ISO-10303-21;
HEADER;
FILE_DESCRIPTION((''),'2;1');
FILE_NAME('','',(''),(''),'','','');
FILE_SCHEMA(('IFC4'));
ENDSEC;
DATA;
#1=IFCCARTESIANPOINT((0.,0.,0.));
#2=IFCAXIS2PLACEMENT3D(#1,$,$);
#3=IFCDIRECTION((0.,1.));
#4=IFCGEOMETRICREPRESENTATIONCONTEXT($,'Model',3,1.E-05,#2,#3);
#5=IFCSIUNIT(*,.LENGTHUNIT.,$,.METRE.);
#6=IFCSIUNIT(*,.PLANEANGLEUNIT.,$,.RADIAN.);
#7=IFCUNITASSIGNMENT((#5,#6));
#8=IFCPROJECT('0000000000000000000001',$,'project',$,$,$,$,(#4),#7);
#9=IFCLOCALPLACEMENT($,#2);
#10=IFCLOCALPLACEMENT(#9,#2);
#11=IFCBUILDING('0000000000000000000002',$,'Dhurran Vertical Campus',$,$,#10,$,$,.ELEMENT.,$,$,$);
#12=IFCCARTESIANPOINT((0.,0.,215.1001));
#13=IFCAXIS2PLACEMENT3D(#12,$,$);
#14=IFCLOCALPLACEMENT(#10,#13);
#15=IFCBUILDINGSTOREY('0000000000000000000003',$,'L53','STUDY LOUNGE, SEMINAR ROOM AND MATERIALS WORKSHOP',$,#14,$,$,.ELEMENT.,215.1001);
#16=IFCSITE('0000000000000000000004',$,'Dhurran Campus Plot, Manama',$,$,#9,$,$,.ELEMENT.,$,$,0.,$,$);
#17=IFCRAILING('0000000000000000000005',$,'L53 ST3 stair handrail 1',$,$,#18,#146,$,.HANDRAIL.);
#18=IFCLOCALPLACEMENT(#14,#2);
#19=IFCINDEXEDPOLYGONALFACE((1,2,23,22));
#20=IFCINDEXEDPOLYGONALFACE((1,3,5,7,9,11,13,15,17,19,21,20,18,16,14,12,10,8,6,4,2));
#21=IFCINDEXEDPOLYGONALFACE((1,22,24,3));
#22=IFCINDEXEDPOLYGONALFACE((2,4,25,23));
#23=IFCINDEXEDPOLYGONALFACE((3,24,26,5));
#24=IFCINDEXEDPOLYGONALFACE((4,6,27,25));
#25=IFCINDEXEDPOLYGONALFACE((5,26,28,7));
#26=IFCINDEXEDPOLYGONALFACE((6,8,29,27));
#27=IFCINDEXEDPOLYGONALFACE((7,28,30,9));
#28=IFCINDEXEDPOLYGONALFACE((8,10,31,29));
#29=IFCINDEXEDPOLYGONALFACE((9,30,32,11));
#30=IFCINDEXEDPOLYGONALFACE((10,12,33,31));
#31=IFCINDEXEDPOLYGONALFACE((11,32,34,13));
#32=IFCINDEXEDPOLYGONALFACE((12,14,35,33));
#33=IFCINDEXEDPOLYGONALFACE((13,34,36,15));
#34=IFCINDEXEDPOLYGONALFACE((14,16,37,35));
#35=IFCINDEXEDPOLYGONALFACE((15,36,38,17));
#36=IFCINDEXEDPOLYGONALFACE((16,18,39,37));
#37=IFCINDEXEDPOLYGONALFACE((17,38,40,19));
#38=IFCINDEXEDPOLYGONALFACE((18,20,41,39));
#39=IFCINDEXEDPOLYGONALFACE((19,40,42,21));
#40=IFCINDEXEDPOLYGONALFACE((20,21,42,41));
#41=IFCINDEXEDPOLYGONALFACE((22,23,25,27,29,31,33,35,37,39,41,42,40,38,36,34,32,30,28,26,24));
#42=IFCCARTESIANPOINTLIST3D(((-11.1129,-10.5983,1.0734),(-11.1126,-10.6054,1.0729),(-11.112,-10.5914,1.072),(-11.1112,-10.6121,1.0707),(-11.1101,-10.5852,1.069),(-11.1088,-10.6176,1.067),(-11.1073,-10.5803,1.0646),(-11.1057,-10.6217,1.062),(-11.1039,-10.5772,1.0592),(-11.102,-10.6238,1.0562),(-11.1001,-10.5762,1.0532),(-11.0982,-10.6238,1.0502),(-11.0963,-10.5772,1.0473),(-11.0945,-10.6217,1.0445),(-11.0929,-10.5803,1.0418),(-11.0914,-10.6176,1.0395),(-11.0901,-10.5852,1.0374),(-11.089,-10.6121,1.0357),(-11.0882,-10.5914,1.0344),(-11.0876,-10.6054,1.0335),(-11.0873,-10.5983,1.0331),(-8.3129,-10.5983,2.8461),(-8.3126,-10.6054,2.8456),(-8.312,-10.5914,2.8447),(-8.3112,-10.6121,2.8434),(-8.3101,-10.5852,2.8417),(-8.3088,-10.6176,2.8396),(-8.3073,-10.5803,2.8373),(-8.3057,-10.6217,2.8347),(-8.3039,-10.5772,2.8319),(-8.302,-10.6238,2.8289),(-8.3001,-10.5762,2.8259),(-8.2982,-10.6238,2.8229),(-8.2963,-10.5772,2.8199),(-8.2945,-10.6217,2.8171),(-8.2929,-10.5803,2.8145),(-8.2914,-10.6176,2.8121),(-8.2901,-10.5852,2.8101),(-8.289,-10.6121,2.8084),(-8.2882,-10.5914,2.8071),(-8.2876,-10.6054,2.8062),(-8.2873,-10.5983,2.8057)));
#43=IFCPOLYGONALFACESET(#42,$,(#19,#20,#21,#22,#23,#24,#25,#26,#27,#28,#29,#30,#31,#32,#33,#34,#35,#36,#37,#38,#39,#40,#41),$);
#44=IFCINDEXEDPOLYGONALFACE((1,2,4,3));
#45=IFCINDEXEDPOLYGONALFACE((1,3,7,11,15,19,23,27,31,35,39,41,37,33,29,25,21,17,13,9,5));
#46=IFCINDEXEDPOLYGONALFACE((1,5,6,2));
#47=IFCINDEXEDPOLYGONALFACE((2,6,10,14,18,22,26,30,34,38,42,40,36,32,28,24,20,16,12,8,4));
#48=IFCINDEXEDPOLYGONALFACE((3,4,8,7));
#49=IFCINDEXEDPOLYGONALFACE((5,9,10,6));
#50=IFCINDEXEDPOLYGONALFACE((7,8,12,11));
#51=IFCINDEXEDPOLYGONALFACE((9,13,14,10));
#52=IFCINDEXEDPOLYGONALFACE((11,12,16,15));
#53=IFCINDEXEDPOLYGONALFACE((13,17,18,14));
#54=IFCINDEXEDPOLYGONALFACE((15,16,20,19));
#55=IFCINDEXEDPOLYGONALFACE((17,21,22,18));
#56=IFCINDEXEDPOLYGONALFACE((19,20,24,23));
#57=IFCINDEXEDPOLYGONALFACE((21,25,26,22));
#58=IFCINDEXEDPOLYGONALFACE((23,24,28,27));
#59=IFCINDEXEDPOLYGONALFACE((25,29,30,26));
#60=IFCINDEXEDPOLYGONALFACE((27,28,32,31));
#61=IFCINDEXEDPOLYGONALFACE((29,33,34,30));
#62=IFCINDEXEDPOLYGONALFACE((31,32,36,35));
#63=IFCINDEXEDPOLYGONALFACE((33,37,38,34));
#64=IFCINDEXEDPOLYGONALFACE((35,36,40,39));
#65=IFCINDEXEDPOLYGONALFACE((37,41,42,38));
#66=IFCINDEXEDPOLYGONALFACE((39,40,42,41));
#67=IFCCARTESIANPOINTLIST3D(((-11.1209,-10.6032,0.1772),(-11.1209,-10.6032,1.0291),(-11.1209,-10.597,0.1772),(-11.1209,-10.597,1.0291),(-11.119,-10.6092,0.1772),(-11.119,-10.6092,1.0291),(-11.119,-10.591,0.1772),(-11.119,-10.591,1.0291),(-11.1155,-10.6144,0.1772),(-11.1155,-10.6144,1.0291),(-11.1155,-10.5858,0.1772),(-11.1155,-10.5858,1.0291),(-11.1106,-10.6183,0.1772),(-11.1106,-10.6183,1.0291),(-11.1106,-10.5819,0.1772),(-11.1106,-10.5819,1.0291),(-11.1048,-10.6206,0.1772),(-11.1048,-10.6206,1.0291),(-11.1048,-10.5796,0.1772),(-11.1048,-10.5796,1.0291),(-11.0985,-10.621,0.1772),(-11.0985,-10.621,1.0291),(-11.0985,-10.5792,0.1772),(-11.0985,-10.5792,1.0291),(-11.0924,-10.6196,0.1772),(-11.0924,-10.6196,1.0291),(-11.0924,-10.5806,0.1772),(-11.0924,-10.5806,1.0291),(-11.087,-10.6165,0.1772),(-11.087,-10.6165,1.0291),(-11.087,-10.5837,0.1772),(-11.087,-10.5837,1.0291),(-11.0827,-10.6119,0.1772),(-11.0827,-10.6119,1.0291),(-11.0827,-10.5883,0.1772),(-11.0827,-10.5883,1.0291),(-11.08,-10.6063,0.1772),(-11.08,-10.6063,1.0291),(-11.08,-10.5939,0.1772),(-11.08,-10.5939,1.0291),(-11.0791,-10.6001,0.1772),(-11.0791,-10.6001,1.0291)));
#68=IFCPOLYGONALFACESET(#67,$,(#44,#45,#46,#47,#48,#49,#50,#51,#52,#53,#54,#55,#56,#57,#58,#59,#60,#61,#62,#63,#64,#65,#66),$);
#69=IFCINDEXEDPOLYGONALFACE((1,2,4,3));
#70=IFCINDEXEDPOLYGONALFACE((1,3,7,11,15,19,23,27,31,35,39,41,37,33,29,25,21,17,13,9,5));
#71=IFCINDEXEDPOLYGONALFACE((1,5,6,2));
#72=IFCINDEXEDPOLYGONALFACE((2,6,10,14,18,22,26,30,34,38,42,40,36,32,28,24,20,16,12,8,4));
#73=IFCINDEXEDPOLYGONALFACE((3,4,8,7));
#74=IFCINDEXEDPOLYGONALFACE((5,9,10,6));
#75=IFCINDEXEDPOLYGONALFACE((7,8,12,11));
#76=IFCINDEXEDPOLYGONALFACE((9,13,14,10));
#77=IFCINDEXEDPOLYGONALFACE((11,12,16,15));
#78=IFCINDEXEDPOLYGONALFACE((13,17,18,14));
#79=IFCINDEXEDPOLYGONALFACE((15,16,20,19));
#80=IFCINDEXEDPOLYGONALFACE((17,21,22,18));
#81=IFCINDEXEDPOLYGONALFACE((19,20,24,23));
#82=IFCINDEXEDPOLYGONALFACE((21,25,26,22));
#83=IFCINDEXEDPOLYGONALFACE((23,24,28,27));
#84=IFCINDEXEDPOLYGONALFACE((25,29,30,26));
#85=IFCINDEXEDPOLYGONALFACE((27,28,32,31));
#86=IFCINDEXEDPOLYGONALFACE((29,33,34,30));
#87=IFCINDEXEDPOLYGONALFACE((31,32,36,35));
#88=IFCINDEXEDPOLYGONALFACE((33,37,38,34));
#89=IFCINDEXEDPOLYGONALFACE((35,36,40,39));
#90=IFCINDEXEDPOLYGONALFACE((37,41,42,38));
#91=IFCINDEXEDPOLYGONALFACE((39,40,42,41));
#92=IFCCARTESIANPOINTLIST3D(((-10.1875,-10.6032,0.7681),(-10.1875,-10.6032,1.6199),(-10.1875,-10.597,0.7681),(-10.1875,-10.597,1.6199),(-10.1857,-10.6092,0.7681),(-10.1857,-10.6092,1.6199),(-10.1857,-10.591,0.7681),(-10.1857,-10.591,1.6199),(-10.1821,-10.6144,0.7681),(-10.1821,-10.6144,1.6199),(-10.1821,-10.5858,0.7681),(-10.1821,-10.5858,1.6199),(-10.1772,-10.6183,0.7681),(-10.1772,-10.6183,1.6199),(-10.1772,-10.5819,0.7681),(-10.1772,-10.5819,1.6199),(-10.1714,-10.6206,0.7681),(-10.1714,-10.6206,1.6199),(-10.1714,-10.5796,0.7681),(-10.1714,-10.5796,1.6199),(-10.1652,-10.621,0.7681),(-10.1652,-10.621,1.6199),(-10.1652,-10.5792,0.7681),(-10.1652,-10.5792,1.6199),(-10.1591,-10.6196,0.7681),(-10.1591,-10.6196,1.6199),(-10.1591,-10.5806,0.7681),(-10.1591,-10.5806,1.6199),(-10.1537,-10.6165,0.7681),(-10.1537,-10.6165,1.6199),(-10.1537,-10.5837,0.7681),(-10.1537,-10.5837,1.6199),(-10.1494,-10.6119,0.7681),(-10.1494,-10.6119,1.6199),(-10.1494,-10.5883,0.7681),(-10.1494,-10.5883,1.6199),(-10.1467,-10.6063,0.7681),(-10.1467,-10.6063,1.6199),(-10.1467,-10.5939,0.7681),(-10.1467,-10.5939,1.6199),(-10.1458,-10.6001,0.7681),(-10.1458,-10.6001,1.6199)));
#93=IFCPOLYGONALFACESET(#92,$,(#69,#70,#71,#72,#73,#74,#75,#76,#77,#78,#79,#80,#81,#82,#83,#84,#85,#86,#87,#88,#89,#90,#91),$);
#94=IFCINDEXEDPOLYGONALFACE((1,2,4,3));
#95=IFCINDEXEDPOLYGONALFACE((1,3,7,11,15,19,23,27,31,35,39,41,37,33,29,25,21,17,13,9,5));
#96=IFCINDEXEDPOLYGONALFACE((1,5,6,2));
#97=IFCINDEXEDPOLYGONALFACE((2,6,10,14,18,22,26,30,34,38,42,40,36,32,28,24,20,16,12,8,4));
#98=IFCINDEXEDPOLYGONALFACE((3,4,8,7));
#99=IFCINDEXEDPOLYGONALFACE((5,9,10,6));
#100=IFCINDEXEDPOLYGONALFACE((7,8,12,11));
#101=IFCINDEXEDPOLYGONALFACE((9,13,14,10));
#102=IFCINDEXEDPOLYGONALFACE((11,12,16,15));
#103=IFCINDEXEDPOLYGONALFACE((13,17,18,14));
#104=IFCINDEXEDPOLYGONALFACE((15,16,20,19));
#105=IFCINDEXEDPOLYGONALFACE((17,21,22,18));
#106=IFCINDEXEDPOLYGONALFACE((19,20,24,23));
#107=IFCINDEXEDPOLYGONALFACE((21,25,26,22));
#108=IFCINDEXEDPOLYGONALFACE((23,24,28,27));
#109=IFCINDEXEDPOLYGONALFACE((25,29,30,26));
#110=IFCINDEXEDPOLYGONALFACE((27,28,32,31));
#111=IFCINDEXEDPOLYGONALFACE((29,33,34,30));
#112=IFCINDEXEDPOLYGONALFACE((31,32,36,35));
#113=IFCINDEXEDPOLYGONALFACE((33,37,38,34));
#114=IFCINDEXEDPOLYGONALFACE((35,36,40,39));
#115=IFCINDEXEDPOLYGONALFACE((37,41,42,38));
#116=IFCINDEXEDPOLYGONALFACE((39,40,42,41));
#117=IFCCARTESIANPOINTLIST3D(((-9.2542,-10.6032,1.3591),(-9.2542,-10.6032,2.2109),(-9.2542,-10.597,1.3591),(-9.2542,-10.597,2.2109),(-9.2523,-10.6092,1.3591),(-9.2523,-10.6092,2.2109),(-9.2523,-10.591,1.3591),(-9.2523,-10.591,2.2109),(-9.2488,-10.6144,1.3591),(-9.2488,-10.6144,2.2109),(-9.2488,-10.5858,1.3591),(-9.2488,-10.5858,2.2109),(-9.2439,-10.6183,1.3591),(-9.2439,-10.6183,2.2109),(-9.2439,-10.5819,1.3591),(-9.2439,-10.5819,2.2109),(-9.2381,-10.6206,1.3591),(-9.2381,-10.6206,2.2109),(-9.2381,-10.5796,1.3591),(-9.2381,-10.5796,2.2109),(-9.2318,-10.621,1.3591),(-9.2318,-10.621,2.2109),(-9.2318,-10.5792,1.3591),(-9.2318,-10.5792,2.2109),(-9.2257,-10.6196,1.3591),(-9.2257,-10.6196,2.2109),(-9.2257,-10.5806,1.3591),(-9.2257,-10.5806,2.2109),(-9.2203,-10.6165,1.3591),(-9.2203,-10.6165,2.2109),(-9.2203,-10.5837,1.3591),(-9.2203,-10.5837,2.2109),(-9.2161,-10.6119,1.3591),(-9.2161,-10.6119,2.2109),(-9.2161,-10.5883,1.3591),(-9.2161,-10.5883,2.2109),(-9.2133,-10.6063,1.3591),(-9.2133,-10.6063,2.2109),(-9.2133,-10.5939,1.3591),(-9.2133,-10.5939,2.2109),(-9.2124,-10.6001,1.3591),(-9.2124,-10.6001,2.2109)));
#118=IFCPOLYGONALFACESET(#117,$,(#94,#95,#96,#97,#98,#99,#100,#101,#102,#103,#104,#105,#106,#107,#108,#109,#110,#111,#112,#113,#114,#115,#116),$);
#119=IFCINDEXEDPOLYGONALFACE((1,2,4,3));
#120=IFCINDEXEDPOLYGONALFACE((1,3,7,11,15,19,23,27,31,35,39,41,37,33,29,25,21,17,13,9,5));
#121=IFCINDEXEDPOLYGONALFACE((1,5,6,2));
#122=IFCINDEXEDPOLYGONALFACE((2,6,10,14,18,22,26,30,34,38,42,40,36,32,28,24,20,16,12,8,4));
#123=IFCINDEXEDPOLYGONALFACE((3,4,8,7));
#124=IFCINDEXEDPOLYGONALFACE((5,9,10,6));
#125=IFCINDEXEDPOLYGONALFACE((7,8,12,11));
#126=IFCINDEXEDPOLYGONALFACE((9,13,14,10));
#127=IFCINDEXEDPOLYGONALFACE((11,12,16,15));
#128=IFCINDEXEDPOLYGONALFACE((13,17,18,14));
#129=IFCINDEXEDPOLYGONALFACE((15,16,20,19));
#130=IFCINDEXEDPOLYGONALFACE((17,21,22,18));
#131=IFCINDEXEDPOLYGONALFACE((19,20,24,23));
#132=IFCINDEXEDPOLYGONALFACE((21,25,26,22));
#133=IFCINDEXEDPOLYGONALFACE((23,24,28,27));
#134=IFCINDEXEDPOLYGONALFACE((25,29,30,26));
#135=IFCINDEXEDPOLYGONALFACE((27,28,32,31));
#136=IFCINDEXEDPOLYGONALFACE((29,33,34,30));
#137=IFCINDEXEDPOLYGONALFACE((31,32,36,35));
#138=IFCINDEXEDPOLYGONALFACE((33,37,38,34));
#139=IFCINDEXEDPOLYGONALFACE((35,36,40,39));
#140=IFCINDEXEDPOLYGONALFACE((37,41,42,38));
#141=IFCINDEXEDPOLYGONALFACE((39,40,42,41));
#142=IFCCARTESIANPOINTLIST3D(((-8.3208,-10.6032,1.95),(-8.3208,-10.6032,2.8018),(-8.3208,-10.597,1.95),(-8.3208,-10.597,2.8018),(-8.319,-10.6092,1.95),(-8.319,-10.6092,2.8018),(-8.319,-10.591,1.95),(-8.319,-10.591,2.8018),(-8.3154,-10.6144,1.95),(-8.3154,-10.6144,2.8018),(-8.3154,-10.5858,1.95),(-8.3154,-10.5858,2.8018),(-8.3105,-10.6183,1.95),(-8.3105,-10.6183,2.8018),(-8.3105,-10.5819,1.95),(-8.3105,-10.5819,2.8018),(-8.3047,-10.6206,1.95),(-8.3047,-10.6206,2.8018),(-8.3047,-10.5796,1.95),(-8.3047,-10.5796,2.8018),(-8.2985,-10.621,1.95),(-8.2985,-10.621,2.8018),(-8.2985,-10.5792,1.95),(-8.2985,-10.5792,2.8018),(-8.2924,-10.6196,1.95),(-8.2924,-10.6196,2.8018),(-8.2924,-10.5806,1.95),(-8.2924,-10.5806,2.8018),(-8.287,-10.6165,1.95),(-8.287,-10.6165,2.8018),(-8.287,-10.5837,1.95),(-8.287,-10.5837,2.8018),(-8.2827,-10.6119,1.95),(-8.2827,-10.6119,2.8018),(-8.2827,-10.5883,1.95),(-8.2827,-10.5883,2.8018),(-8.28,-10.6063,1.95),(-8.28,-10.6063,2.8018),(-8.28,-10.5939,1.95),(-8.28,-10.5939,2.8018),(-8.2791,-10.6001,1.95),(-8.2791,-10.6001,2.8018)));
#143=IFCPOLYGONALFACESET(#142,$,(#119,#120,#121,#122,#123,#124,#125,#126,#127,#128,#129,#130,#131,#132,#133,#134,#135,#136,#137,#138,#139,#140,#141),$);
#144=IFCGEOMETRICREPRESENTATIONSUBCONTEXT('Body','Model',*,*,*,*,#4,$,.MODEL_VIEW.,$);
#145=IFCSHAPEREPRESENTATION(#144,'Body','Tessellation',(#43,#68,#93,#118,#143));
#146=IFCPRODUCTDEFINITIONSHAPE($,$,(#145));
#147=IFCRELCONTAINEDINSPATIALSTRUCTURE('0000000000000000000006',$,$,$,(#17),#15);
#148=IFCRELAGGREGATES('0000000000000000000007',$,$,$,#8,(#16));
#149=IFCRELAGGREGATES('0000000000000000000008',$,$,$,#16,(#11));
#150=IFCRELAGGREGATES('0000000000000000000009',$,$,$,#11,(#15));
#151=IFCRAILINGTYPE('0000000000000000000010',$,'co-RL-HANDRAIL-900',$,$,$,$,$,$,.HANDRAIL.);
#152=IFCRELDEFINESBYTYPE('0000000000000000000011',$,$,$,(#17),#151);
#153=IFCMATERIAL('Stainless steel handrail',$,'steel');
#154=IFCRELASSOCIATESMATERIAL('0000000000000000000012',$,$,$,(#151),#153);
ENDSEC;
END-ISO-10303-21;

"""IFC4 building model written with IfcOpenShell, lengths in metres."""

from ifc_helpers import new_model, si_unit, direction, frame, origin, origin_2d, place, context, subcontext, project, spatial, circle, extrude, material, type_object, element, save


model = new_model("IFC4")

# Units and contexts
model_context = context("Model", 3, precision=1e-05, world=origin(), true_north=direction((0.0, 1.0)))
body_context = subcontext(model_context, "Body", "Model", "MODEL_VIEW")
ifc_project = project(units=[si_unit("LENGTHUNIT", "METRE"), si_unit("PLANEANGLEUNIT", "RADIAN")], contexts=[model_context])

# Site, building, storey
site_placement = place(None, origin())
site = spatial("IfcSite", under=ifc_project, at=site_placement, Name="Dhurran Campus Plot, Manama", CompositionType="ELEMENT", RefElevation=0.0)
building_placement = place(site_placement, origin())
building = spatial("IfcBuilding", under=site, at=building_placement, Name="Dhurran Vertical Campus", CompositionType="ELEMENT")
storey_placement = place(building_placement, frame((0.0, 0.0, 215.1001)))
storey = spatial("IfcBuildingStorey", under=building, at=storey_placement, Name="L53", Description="STUDY LOUNGE, SEMINAR ROOM AND MATERIALS WORKSHOP", CompositionType="ELEMENT", Elevation=215.1001)

# Railing
ifc_material_1 = material(Name="Stainless steel handrail", Category="steel")
railing_type_1 = type_object("IfcRailingType", Name="co-RL-HANDRAIL-900", PredefinedType="HANDRAIL", material=ifc_material_1)
railing_1_placement = place(storey_placement, frame((-11.1001, -10.6001, 0.1772)))
element("IfcRailing", 1, at=railing_1_placement, inside=storey, type_object=railing_type_1, Name="L53 ST3 stair handrail 1", PredefinedType="HANDRAIL", context=body_context, shape_type="SweptSolid", body=[
    extrude(circle(Radius=0.0239, at=origin_2d()), frame((0.0, 0.0, 0.876), z_axis=(0.844909, 0.0, 0.53491), x_axis=(0.0, 1.0, 0.0)), (0.0, 0.0, 1.0), 3.314),
    extrude(circle(Radius=0.021, at=origin_2d()), origin(), (0.0, 0.0, 1.0), 0.8518),
    extrude(circle(Radius=0.021, at=origin_2d()), frame((0.9333, 0.0, 0.5908)), (0.0, 0.0, 1.0), 0.8518),
    extrude(circle(Radius=0.021, at=origin_2d()), frame((1.8667, 0.0, 1.1819)), (0.0, 0.0, 1.0), 0.8518),
    extrude(circle(Radius=0.021, at=origin_2d()), frame((2.8, 0.0, 1.7727)), (0.0, 0.0, 1.0), 0.8518),
])

save(model, "model.ifc")
